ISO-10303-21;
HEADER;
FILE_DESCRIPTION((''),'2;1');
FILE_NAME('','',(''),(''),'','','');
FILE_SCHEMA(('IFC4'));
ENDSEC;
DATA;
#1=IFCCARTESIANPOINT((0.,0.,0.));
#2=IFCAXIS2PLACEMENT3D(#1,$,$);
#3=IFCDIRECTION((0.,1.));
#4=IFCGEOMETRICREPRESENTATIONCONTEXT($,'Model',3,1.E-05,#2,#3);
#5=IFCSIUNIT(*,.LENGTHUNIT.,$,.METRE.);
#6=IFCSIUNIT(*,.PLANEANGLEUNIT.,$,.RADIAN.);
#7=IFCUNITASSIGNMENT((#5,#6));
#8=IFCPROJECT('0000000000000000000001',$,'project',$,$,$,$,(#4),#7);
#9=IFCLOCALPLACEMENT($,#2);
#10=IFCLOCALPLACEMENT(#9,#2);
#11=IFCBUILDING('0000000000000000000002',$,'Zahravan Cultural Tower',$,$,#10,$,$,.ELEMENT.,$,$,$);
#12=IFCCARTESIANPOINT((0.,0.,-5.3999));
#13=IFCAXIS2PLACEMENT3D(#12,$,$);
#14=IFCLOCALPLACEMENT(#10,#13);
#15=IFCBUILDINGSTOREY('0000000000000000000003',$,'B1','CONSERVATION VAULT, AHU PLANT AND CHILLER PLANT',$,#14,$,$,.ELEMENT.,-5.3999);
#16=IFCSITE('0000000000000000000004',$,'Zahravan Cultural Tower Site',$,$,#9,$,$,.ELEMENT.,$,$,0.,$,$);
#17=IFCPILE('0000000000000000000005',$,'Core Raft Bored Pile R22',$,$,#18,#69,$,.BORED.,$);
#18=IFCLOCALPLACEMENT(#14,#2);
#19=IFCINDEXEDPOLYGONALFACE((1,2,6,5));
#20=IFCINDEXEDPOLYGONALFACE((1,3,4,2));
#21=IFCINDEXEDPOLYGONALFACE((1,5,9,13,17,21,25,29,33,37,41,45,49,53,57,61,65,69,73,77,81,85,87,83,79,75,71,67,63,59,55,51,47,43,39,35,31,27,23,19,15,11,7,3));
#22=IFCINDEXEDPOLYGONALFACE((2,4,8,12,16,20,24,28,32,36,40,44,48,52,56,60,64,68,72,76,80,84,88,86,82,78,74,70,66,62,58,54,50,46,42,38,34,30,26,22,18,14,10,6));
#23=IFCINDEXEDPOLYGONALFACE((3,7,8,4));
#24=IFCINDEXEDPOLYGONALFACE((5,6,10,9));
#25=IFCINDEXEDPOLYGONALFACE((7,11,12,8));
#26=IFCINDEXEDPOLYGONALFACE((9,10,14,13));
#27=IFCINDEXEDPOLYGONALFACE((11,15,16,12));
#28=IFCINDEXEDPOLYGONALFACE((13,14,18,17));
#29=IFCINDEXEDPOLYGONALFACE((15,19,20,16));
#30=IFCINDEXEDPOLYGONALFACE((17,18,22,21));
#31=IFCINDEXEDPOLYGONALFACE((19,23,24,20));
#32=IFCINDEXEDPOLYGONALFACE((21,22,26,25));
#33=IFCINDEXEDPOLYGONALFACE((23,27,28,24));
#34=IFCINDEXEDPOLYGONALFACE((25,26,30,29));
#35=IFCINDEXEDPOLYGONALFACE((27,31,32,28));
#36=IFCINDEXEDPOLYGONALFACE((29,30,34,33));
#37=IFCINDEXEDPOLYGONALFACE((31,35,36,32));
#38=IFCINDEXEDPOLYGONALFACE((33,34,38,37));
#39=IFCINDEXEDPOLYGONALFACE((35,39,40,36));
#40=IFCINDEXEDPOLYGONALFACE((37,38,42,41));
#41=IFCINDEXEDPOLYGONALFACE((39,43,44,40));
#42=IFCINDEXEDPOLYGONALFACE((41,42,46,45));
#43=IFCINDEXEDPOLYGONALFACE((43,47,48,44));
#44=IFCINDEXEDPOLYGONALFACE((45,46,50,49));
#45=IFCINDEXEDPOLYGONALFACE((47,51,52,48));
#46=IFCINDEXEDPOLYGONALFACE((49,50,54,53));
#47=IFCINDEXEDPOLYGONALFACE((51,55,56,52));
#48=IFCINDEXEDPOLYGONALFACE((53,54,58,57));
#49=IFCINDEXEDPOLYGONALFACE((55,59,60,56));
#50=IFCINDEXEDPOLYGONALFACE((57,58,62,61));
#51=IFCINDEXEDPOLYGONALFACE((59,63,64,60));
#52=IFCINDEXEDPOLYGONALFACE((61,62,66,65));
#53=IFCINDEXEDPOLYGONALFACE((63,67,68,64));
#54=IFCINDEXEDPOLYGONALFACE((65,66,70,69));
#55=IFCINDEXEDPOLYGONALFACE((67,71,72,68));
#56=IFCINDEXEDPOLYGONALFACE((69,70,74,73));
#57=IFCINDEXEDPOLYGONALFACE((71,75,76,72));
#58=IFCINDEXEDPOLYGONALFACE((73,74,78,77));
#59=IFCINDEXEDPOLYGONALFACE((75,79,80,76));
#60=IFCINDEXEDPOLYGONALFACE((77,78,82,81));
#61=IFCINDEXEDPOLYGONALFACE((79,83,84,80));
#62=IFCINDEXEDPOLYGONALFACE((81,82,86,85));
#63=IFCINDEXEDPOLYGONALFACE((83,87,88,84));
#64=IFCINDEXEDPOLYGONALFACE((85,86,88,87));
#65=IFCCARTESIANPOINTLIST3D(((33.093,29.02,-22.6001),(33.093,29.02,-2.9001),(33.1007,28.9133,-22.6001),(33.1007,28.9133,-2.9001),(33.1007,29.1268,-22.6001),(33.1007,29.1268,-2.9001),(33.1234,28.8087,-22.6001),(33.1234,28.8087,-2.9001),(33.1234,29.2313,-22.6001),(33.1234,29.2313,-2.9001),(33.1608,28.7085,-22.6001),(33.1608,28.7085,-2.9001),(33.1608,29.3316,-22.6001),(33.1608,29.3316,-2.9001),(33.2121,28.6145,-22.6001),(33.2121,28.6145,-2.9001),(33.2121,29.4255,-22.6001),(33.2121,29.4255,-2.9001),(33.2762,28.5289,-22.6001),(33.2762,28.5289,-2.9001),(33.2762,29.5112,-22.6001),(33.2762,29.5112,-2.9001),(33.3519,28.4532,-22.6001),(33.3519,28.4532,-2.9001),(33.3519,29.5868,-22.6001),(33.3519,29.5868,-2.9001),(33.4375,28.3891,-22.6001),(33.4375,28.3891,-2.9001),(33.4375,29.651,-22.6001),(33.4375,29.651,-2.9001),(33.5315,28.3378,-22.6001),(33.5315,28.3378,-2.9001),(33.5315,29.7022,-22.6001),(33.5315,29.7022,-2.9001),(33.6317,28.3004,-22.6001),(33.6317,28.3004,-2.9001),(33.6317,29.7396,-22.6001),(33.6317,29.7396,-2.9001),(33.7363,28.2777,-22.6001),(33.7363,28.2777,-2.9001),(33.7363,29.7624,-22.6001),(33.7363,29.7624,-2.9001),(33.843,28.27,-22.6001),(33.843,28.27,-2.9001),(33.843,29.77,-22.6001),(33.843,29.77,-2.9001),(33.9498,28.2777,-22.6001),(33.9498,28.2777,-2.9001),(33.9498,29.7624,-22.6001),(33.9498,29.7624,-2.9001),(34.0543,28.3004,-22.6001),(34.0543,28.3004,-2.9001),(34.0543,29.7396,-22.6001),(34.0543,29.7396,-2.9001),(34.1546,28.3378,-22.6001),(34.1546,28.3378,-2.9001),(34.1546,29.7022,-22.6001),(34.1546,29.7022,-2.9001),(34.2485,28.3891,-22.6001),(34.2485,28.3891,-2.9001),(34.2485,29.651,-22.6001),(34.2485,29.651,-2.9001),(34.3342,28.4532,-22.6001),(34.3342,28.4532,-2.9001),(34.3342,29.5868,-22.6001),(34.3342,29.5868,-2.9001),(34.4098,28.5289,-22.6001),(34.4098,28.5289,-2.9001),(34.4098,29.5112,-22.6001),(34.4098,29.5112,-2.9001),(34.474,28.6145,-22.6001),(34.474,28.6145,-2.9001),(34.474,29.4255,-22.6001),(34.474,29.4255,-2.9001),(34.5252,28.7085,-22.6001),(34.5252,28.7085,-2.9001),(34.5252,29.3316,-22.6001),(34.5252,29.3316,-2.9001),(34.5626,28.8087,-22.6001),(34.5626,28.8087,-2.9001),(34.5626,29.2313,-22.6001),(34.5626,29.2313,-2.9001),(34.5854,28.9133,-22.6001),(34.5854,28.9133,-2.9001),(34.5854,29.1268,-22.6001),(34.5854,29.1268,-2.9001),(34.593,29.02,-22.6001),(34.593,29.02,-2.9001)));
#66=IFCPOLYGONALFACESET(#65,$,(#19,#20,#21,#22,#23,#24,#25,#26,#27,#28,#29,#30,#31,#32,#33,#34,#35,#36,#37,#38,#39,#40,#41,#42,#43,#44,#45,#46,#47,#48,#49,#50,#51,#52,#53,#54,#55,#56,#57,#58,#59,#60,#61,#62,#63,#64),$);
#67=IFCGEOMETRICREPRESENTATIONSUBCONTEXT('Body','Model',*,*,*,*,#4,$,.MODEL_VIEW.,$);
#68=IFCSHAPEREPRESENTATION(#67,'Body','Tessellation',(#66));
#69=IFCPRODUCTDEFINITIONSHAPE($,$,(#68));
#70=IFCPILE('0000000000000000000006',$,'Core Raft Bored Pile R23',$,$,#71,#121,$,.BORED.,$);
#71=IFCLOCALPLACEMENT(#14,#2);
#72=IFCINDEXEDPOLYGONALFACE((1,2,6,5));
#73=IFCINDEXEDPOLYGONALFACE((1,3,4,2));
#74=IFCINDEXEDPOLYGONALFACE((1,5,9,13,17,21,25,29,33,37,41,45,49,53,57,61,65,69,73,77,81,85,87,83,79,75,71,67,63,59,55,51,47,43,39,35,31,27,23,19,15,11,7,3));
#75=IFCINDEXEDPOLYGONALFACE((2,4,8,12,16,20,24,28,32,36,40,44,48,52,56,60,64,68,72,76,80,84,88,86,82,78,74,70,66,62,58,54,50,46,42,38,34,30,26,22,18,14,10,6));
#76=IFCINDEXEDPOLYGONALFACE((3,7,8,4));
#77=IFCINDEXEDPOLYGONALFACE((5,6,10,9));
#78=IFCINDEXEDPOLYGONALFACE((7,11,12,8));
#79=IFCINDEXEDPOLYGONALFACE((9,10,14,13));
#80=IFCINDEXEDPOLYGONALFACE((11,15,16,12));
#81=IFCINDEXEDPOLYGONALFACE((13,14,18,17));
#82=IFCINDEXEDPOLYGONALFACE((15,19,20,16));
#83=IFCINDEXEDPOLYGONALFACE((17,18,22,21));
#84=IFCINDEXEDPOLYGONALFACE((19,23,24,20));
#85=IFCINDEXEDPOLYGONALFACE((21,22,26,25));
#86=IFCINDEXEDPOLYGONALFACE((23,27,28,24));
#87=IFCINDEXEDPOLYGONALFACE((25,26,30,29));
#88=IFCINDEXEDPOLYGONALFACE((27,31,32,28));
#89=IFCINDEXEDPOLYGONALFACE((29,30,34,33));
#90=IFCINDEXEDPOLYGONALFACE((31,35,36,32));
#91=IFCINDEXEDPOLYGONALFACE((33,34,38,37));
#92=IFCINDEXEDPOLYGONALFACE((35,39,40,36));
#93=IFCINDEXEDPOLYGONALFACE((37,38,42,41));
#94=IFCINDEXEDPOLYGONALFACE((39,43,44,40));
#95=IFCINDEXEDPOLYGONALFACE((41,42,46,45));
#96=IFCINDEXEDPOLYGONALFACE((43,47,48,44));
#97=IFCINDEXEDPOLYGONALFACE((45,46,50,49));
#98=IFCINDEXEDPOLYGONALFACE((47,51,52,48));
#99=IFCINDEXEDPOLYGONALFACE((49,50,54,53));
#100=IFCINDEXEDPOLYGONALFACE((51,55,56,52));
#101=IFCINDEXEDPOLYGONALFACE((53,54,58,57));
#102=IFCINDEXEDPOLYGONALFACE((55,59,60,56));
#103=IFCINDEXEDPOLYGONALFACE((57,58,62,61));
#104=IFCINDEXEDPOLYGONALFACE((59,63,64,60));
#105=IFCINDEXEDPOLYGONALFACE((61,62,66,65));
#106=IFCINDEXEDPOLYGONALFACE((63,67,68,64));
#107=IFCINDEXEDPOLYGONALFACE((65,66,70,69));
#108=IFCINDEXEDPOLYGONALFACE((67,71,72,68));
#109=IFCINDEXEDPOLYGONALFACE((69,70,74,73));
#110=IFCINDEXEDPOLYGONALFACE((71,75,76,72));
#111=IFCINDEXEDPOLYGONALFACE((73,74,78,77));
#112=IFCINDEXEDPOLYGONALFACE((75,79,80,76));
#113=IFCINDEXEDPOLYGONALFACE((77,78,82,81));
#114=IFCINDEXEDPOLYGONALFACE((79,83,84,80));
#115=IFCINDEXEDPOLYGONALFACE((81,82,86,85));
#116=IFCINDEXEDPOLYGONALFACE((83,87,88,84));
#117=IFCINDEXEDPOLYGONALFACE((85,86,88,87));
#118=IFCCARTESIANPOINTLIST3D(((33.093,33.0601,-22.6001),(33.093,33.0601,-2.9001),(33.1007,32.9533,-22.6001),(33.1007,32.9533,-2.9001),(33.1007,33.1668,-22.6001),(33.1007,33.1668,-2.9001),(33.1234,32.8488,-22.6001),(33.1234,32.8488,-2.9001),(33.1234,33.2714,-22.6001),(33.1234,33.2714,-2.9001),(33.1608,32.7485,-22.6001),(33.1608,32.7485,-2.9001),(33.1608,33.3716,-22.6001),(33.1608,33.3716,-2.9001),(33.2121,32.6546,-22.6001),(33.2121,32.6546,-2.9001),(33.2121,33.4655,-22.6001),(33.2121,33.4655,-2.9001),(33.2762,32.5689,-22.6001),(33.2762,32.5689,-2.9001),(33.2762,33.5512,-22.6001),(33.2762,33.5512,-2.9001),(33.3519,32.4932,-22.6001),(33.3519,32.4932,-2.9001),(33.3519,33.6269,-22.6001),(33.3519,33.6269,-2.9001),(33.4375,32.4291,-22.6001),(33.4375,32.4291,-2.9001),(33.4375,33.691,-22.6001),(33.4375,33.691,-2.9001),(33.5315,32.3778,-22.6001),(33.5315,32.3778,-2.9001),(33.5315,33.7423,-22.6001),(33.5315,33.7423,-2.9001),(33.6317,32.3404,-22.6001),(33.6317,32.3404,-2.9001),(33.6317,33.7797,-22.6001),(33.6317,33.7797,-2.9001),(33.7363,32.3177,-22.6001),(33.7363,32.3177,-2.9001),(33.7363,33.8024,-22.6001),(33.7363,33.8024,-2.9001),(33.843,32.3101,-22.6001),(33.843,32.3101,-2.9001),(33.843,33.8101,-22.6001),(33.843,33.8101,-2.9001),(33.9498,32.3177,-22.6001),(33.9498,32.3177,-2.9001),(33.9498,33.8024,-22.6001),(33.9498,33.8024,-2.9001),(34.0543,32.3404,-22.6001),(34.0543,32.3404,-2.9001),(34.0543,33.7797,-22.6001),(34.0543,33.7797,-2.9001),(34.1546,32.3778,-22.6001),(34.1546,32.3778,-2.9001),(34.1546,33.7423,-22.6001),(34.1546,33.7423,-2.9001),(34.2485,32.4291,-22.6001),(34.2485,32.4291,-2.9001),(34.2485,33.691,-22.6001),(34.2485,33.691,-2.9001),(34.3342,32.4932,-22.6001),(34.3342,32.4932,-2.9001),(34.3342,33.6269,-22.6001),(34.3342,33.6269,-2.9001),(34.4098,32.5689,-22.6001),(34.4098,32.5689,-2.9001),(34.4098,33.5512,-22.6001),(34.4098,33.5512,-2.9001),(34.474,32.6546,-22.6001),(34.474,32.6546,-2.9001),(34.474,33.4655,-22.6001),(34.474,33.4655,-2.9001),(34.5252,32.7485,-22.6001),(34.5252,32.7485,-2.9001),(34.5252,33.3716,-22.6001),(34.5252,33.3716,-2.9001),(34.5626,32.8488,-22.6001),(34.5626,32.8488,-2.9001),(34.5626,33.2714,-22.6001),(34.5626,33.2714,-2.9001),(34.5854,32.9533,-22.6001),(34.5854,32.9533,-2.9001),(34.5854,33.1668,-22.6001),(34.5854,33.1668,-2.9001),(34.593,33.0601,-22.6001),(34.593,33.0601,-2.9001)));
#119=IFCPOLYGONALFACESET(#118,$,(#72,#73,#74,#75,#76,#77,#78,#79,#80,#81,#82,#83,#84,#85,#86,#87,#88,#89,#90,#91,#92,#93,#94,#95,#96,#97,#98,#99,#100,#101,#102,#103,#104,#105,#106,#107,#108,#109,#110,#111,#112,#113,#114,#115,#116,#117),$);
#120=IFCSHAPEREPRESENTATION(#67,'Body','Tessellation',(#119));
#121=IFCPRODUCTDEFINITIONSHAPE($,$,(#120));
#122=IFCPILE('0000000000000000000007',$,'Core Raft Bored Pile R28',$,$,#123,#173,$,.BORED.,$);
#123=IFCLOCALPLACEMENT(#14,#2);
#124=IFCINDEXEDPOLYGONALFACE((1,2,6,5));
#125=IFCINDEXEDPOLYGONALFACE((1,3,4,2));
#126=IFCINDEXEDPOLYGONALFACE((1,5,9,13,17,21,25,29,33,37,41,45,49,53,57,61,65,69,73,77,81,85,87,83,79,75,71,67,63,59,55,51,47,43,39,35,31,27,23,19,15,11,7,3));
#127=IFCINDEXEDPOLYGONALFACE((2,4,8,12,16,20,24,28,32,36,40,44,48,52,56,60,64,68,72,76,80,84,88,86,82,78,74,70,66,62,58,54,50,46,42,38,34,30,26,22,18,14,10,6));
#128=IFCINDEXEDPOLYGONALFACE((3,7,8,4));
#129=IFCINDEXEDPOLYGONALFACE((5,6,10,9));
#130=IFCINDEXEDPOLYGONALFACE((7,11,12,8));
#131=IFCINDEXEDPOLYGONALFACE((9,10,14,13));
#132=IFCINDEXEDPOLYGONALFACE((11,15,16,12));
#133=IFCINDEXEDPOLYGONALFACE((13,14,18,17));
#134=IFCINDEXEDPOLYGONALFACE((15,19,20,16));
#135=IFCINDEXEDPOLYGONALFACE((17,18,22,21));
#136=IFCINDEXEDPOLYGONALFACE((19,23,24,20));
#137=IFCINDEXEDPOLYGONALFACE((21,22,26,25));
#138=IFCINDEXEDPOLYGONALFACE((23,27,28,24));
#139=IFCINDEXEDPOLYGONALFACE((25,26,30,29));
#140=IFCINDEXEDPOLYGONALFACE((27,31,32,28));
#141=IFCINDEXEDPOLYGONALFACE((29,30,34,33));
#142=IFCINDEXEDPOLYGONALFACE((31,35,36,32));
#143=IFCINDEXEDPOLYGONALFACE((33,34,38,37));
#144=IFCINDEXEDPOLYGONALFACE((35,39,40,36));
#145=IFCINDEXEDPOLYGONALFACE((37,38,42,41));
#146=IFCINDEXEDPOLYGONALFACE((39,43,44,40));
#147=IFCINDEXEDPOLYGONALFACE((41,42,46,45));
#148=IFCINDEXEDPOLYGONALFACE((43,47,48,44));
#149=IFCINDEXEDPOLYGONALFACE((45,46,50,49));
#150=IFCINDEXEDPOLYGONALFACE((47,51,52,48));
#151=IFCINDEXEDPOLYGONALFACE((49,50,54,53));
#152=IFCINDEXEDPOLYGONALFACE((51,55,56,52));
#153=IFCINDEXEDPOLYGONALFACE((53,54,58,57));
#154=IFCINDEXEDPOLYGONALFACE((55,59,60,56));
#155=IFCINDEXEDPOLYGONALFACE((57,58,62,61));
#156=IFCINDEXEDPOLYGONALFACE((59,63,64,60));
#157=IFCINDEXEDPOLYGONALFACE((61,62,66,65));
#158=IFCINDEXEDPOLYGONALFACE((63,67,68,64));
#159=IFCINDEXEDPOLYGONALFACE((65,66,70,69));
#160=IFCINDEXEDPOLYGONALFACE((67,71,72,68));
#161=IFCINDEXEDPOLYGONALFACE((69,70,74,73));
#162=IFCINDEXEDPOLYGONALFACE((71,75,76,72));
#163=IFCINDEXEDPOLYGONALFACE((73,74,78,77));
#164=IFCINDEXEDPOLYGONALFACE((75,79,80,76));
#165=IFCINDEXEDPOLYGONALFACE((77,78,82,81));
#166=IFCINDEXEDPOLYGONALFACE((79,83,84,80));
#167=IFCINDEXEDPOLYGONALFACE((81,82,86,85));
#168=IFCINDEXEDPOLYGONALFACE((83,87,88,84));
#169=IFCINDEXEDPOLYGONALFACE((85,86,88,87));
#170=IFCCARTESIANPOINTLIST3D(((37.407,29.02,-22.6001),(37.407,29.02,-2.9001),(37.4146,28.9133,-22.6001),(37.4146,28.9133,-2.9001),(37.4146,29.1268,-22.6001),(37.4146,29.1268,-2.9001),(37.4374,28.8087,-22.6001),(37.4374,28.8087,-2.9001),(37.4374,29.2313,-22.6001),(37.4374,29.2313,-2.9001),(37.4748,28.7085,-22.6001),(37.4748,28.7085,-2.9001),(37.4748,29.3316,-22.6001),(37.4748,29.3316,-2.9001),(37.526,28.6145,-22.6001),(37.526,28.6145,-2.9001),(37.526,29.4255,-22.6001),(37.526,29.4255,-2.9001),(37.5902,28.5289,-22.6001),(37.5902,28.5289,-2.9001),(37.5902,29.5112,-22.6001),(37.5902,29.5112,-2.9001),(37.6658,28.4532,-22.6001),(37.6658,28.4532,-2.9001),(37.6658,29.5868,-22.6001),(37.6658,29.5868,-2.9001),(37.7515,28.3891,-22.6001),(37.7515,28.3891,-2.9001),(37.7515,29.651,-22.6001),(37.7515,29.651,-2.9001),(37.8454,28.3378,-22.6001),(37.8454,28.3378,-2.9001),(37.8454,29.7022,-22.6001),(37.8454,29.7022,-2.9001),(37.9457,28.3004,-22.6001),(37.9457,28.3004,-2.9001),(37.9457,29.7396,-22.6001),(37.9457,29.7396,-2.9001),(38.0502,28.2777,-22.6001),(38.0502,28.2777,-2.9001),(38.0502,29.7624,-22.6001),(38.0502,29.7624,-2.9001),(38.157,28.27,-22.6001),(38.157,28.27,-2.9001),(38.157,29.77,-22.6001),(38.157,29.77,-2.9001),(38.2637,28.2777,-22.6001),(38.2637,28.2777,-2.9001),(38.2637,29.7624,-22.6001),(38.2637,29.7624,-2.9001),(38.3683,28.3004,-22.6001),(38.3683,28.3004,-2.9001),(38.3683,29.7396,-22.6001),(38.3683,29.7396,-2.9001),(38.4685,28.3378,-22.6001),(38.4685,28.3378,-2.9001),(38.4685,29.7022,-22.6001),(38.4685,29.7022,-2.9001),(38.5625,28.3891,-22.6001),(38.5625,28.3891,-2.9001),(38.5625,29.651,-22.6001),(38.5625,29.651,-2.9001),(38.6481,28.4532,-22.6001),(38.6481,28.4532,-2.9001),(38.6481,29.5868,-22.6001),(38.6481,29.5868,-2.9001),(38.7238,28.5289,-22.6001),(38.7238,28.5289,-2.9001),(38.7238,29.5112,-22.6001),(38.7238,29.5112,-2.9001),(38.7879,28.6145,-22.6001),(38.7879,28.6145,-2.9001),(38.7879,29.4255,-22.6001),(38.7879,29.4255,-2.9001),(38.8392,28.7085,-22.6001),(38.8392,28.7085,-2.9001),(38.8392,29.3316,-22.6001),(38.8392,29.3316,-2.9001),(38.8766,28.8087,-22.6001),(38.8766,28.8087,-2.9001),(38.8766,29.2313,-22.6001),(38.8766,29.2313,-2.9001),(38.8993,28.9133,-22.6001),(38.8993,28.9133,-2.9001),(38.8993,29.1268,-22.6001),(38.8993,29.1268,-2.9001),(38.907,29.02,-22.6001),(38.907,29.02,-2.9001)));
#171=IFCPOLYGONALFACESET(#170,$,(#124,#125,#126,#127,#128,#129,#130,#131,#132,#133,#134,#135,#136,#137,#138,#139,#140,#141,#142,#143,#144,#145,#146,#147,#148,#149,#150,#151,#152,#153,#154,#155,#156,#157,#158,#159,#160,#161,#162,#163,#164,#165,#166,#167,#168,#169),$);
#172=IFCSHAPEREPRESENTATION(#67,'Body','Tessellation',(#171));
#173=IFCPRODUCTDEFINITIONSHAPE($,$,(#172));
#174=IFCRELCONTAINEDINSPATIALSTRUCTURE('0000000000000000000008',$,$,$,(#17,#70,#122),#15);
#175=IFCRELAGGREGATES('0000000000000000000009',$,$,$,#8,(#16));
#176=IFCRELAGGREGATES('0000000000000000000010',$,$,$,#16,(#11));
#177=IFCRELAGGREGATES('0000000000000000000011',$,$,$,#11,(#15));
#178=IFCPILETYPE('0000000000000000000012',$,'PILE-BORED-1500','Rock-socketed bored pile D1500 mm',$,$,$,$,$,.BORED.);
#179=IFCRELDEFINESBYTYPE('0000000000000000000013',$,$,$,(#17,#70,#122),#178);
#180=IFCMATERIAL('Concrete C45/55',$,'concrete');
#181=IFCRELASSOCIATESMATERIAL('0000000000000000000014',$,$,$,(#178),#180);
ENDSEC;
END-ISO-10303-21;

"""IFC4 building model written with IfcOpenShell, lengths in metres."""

from ifc_helpers import new_model, si_unit, direction, frame, origin, origin_2d, place, context, subcontext, project, spatial, circle, extrude, material, material_profile, profile_set, type_object, element, save


model = new_model("IFC4")

# Units and contexts
model_context = context("Model", 3, precision=1e-05, world=origin(), true_north=direction((0.0, 1.0)))
body_context = subcontext(model_context, "Body", "Model", "MODEL_VIEW")
ifc_project = project(units=[si_unit("LENGTHUNIT", "METRE"), si_unit("PLANEANGLEUNIT", "RADIAN")], contexts=[model_context])

# Site, building, storey
site_placement = place(None, origin())
site = spatial("IfcSite", under=ifc_project, at=site_placement, Name="Zahravan Cultural Tower Site", CompositionType="ELEMENT", RefElevation=0.0)
building_placement = place(site_placement, origin())
building = spatial("IfcBuilding", under=site, at=building_placement, Name="Zahravan Cultural Tower", CompositionType="ELEMENT")
storey_placement = place(building_placement, frame((0.0, 0.0, -5.3999)))
storey = spatial("IfcBuildingStorey", under=building, at=storey_placement, Name="B1", Description="CONSERVATION VAULT, AHU PLANT AND CHILLER PLANT", CompositionType="ELEMENT", Elevation=-5.3999)

# Piles
ifc_material_1 = material(Name="Concrete C45/55", Category="concrete")
ifc_material_profile = material_profile(ifc_material_1, circle(Radius=0.75, at=origin_2d()), Name="PILE-D1500")
ifc_profile_set = profile_set([ifc_material_profile], Name="Concrete C45/55")
pile_type = type_object("IfcPileType", Name="PILE-BORED-1500", Description="Rock-socketed bored pile D1500 mm", PredefinedType="BORED", material=ifc_profile_set)
for number, where, z_axis, x_axis, name in (
    (1, (33.843, 29.02, -2.9001), (0.0, 0.0, -1.0), (1.0, 0.0, 0.0), "Core Raft Bored Pile R22"),
    (2, (33.843, 33.0601, -2.9001), (0.0, 0.0, -1.0), (1.0, 0.0, 0.0), "Core Raft Bored Pile R23"),
    (3, (38.157, 29.02, -2.9001), (0.0, 0.0, -1.0), (1.0, 0.0, 0.0), "Core Raft Bored Pile R28"),
):
    element("IfcPile", number, at=place(storey_placement, frame(where, z_axis=z_axis, x_axis=x_axis)), inside=storey, type_object=pile_type, Name=name, PredefinedType="BORED", context=body_context, shape_type="SweptSolid", body=[
        extrude(circle(Radius=0.75, at=origin_2d()), origin(), (0.0, 0.0, 1.0), 19.7),
    ])

save(model, "model.ifc")
